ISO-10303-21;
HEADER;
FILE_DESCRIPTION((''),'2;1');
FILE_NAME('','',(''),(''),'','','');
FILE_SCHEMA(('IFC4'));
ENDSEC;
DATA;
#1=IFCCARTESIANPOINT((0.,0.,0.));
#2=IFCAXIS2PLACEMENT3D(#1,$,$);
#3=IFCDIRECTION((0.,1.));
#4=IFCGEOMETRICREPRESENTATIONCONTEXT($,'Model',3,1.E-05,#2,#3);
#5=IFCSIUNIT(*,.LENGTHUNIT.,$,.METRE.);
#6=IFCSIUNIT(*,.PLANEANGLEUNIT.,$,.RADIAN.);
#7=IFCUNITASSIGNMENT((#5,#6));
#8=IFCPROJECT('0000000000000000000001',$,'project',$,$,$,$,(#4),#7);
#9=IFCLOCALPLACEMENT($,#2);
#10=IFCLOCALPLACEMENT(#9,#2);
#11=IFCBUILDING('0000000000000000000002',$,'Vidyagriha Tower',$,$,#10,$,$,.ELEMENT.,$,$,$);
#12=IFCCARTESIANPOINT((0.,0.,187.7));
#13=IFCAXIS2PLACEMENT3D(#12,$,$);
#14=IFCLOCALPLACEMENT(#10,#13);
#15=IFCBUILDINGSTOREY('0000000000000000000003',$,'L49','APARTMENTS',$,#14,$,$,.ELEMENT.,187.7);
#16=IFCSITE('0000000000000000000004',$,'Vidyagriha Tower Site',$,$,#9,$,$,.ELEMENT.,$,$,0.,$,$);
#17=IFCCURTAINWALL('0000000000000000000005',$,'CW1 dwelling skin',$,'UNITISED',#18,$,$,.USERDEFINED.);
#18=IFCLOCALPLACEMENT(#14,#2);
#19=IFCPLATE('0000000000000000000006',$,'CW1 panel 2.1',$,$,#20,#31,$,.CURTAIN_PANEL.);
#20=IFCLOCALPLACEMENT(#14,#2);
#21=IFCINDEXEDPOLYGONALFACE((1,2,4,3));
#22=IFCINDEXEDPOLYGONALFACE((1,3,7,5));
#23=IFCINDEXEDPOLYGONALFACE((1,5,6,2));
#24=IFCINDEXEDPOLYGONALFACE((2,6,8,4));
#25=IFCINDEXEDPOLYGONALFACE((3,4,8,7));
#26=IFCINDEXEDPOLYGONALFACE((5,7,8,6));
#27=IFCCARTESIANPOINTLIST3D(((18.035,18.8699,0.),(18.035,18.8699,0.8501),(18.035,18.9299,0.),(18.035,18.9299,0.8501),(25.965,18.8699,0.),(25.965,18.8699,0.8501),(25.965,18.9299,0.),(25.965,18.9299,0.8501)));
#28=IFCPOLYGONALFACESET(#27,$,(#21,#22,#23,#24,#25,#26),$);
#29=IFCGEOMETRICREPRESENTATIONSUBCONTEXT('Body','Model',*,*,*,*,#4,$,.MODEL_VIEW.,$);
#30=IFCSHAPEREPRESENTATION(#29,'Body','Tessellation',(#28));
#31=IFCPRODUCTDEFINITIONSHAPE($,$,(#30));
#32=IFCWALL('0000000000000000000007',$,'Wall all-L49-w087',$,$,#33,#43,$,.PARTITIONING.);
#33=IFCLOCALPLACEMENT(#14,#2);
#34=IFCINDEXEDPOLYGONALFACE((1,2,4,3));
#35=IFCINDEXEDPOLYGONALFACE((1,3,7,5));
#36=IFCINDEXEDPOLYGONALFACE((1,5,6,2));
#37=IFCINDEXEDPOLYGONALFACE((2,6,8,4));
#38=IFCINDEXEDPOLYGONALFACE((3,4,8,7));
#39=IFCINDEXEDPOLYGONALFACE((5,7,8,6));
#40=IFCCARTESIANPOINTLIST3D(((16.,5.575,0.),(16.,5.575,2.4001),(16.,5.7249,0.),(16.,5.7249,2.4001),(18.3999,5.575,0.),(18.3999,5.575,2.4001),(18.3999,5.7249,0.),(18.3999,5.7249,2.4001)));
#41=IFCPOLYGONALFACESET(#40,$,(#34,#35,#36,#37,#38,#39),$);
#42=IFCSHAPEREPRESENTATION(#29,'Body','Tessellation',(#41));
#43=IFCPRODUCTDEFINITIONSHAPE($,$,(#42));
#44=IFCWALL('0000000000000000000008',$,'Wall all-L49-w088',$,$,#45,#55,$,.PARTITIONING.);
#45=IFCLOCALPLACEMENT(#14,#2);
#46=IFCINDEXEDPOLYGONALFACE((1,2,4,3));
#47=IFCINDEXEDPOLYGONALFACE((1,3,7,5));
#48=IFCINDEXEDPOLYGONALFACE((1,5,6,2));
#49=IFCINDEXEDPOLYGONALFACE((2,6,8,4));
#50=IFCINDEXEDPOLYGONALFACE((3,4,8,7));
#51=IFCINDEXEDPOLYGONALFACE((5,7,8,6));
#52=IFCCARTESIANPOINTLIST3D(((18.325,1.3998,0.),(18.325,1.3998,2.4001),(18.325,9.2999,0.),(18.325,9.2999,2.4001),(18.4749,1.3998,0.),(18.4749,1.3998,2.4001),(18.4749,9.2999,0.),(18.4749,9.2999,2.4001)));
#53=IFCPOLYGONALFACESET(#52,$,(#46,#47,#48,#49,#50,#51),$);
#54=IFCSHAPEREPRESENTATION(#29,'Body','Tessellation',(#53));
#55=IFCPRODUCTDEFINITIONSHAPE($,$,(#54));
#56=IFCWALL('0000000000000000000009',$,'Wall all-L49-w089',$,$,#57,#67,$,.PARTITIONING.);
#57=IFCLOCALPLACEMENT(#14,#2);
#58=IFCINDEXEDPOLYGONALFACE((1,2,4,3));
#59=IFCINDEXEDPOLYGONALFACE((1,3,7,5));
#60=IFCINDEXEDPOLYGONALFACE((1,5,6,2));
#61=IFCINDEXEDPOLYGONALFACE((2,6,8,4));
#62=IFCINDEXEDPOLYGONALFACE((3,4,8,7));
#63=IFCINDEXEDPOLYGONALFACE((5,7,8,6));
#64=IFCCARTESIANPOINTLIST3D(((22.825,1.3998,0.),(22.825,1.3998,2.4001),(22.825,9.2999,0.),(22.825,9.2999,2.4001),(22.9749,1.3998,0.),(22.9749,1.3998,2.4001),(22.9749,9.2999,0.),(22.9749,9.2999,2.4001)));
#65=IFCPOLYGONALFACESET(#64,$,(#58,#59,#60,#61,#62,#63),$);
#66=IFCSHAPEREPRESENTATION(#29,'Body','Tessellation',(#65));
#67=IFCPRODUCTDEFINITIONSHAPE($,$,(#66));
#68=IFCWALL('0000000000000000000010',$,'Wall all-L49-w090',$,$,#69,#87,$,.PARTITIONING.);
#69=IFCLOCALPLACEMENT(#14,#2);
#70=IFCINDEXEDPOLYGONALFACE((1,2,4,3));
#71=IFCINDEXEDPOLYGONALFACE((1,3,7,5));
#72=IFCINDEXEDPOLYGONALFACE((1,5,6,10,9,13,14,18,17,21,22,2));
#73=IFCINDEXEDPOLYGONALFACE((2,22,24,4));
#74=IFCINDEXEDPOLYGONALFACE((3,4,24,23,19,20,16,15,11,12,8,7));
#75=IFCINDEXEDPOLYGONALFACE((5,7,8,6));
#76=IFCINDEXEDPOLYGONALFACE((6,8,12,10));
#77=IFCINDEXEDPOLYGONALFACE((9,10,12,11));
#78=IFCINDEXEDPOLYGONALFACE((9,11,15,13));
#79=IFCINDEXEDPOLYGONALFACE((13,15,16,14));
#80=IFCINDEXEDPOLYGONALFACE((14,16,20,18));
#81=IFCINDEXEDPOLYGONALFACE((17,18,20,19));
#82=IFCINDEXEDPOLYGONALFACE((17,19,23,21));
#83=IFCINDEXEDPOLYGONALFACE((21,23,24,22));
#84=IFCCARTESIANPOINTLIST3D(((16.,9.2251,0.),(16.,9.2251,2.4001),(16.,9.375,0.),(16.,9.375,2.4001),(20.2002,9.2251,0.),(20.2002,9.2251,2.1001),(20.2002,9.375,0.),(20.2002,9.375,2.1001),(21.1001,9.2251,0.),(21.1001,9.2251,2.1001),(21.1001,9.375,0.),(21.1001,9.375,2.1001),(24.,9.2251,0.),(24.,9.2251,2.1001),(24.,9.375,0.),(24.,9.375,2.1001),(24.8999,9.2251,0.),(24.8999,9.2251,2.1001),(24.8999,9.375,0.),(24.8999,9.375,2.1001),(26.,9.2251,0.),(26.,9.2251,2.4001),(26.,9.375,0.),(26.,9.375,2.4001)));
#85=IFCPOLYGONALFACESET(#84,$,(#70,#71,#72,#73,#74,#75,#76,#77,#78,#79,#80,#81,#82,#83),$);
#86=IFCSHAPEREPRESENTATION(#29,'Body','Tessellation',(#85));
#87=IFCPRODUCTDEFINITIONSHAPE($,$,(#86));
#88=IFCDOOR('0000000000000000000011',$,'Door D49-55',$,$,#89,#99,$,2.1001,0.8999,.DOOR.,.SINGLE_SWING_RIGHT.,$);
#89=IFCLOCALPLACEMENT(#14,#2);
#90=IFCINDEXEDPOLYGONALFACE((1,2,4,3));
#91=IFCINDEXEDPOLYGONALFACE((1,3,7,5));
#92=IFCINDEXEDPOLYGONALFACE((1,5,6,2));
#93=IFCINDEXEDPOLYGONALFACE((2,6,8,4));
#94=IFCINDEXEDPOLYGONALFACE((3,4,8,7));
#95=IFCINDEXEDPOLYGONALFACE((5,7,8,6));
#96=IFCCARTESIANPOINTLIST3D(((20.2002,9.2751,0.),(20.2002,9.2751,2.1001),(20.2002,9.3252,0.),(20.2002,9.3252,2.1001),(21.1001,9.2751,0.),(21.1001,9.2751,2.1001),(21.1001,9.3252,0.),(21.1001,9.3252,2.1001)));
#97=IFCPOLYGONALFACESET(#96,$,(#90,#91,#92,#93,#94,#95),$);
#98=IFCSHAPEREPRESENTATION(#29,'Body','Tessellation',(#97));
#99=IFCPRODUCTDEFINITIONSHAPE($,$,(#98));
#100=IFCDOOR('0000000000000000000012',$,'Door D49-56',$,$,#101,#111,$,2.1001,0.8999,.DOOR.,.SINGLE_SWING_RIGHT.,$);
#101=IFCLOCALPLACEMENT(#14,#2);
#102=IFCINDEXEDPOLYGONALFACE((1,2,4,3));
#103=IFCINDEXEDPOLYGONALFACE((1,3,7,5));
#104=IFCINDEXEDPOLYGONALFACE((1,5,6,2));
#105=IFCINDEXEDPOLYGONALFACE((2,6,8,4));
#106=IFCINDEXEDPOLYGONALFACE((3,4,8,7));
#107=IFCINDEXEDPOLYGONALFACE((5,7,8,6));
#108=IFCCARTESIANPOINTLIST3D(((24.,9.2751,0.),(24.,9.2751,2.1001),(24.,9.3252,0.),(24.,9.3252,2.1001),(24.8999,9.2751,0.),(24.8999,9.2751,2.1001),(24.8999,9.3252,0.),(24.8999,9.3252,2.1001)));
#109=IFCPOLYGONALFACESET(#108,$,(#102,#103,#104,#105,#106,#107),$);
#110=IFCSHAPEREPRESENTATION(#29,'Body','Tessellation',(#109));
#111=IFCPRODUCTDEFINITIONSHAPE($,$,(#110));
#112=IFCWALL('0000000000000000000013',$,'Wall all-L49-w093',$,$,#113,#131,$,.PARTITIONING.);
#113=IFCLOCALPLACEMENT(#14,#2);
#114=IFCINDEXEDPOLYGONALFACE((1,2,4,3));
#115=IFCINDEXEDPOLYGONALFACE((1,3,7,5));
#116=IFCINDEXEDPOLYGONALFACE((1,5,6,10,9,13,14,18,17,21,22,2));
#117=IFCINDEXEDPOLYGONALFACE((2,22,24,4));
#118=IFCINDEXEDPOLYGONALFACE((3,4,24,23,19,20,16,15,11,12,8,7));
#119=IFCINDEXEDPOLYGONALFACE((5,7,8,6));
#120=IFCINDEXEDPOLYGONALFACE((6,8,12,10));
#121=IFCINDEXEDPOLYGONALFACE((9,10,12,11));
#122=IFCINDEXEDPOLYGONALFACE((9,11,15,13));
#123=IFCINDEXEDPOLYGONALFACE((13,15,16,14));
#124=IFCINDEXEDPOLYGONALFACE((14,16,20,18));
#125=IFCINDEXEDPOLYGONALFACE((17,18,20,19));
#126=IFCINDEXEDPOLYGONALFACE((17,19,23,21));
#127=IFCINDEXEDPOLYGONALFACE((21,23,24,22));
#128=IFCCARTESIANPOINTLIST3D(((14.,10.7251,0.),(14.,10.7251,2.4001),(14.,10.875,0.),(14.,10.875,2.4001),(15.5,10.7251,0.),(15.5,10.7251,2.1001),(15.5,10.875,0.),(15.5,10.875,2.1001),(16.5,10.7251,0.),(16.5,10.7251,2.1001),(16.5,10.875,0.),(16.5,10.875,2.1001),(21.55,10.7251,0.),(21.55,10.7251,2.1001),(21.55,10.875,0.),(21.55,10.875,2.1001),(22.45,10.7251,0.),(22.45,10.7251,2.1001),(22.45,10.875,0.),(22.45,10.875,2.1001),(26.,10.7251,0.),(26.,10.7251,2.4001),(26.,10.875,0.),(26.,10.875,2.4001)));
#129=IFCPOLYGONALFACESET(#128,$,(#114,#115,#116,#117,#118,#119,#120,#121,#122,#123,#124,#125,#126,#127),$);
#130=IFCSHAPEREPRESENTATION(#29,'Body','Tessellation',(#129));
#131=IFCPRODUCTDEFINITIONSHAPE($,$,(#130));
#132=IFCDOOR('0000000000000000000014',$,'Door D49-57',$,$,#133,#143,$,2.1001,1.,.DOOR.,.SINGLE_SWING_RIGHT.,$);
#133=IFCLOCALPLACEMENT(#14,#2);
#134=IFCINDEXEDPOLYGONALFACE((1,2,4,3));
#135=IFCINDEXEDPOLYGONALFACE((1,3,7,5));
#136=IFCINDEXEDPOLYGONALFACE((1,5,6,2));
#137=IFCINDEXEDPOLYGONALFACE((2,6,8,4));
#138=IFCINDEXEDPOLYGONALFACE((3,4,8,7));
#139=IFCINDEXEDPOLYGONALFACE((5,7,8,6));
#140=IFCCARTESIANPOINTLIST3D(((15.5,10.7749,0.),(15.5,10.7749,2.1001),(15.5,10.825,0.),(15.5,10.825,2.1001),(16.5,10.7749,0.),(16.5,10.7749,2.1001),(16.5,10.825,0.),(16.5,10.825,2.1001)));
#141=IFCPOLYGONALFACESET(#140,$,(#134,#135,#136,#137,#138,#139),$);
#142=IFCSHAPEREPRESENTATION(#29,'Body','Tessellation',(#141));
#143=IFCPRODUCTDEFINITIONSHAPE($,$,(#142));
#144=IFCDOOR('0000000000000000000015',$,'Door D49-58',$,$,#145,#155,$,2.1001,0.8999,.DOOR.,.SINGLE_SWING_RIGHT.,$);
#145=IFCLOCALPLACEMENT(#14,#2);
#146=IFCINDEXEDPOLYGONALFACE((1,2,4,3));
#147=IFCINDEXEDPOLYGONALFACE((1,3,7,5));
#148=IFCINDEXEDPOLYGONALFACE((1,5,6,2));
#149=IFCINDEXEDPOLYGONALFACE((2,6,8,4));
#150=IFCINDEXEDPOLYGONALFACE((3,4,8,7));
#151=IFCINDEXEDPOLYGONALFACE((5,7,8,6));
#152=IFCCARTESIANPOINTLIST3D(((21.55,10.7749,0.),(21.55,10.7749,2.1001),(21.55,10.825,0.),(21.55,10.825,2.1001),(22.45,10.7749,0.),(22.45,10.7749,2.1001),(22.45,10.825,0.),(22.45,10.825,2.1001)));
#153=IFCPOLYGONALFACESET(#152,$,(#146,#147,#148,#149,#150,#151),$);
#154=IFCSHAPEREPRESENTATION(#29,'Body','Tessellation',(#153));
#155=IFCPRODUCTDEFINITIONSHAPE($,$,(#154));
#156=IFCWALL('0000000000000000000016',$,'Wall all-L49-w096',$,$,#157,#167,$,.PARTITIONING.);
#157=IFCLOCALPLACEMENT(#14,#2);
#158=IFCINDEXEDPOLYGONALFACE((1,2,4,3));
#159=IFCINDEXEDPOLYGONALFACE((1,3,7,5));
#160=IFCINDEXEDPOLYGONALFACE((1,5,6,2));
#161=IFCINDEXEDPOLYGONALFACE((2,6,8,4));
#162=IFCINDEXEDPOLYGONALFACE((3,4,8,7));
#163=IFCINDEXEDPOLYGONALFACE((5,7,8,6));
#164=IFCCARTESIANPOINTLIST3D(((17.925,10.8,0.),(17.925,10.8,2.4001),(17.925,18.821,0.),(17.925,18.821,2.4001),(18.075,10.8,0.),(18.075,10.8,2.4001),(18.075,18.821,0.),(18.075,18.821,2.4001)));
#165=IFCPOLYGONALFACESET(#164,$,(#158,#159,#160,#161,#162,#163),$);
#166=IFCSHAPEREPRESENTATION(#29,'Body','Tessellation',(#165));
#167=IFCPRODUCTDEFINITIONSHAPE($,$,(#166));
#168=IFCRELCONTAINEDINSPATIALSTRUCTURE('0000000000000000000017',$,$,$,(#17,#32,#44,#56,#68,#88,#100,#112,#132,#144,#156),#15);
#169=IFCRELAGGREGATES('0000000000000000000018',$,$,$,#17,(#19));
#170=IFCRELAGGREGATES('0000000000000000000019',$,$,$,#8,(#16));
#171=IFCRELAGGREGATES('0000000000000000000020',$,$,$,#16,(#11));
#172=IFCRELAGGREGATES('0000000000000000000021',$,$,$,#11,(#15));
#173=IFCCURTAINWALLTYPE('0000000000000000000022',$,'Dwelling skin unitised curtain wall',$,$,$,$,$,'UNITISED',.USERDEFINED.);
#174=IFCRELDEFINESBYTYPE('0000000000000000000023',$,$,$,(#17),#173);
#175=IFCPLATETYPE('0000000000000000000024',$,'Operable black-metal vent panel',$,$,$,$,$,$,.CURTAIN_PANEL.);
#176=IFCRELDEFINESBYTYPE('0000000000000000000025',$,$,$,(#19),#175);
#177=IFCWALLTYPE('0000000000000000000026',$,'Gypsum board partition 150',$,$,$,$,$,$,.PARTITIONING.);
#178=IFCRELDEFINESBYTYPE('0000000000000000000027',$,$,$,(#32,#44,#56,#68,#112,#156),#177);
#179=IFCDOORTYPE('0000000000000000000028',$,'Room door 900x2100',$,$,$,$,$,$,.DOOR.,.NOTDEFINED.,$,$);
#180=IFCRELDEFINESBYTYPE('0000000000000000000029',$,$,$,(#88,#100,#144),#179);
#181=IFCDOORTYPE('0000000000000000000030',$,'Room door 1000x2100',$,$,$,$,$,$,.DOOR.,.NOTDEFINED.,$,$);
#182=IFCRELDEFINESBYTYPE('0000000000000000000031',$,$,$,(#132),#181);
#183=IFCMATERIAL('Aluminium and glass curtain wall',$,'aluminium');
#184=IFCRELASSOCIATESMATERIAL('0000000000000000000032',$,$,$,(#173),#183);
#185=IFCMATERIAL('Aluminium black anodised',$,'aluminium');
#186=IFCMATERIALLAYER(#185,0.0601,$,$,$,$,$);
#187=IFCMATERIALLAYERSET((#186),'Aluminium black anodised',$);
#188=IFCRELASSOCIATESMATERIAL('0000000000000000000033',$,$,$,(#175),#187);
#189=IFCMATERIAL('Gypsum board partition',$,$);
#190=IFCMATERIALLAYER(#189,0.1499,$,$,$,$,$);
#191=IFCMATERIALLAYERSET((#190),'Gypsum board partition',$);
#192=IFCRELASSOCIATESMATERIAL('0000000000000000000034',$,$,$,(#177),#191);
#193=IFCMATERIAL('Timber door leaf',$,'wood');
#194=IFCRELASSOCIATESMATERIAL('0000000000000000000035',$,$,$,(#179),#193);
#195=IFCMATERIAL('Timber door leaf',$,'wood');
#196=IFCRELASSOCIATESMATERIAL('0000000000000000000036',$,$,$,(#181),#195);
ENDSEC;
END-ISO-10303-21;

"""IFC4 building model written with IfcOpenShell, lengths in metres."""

from ifc_helpers import new_model, si_unit, direction, frame, frame_2d, origin, origin_2d, place, context, subcontext, project, spatial, rectangle, extrude, material, layer, layer_set, type_object, element, fill, aggregate, save


model = new_model("IFC4")

# Units and contexts
model_context = context("Model", 3, precision=1e-05, world=origin(), true_north=direction((0.0, 1.0)))
body_context = subcontext(model_context, "Body", "Model", "MODEL_VIEW")
ifc_project = project(units=[si_unit("LENGTHUNIT", "METRE"), si_unit("PLANEANGLEUNIT", "RADIAN")], contexts=[model_context])

# Site, building, storey
site_placement = place(None, origin())
site = spatial("IfcSite", under=ifc_project, at=site_placement, Name="Vidyagriha Tower Site", CompositionType="ELEMENT", RefElevation=0.0)
building_placement = place(site_placement, origin())
building = spatial("IfcBuilding", under=site, at=building_placement, Name="Vidyagriha Tower", CompositionType="ELEMENT")
storey_placement = place(building_placement, frame((0.0, 0.0, 187.7)))
storey = spatial("IfcBuildingStorey", under=building, at=storey_placement, Name="L49", Description="APARTMENTS", CompositionType="ELEMENT", Elevation=187.7)

# Curtain wall, plate
ifc_material_1 = material(Name="Aluminium and glass curtain wall", Category="aluminium")
curtain_wall_type = type_object("IfcCurtainWallType", Name="Dwelling skin unitised curtain wall", ElementType="UNITISED", PredefinedType="USERDEFINED", material=ifc_material_1)
curtain_wall_placement = place(storey_placement, origin())
curtain_wall = element("IfcCurtainWall", 1, at=curtain_wall_placement, inside=storey, type_object=curtain_wall_type, Name="CW1 dwelling skin", ObjectType="UNITISED", PredefinedType="USERDEFINED")
ifc_material_2 = material(Name="Aluminium black anodised", Category="aluminium")
ifc_layer_1 = layer(ifc_material_2, 0.0601)
ifc_layer_set_1 = layer_set([ifc_layer_1], Name="Aluminium black anodised")
plate_type_1 = type_object("IfcPlateType", Name="Operable black-metal vent panel", PredefinedType="CURTAIN_PANEL", material=ifc_layer_set_1)
plate_1_placement = place(storey_placement, frame((22.0, 18.8999, 0.0), z_axis=(0.0, 0.0, 1.0), x_axis=(-1.0, 0.0, 0.0)))
plate_1 = element("IfcPlate", 2, at=plate_1_placement, type_object=plate_type_1, Name="CW1 panel 2.1", PredefinedType="CURTAIN_PANEL", context=body_context, shape_type="SweptSolid", body=[
    extrude(rectangle(XDim=7.9299, YDim=0.0601, at=origin_2d()), origin(), (0.0, 0.0, 1.0), 0.8501),
])
aggregate(curtain_wall, [plate_1])

# Walls
ifc_material_3 = material(Name="Gypsum board partition")
ifc_layer_2 = layer(ifc_material_3, 0.1499)
ifc_layer_set_2 = layer_set([ifc_layer_2], Name="Gypsum board partition")
wall_type_1 = type_object("IfcWallType", Name="Gypsum board partition 150", PredefinedType="PARTITIONING", material=ifc_layer_set_2)
wall_1_placement = place(storey_placement, frame((16.0, 5.6499, 0.0)))
element("IfcWall", 3, at=wall_1_placement, inside=storey, type_object=wall_type_1, Name="Wall all-L49-w087", PredefinedType="PARTITIONING", context=body_context, shape_type="SweptSolid", body=[
    extrude(rectangle(XDim=2.3999, YDim=0.1499, at=frame_2d((1.2, 0.0))), origin(), (0.0, 0.0, 1.0), 2.4001),
])
for number, where, z_axis, x_axis, name in (
    (4, (18.3999, 9.3, 0.0), (0.0, 0.0, 1.0), (0.0, -1.0, 0.0), "Wall all-L49-w088"),
    (5, (22.8999, 9.3, 0.0), (0.0, 0.0, 1.0), (0.0, -1.0, 0.0), "Wall all-L49-w089"),
):
    element("IfcWall", number, at=place(storey_placement, frame(where, z_axis=z_axis, x_axis=x_axis)), inside=storey, type_object=wall_type_1, Name=name, PredefinedType="PARTITIONING", context=body_context, shape_type="SweptSolid", body=[
        extrude(rectangle(XDim=7.9001, YDim=0.1499, at=frame_2d((3.9502, 0.0))), origin(), (0.0, 0.0, 1.0), 2.4001),
    ])

# Walls, openings, doors
wall_2_placement = place(storey_placement, frame((26.0, 9.3, 0.0), z_axis=(0.0, 0.0, 1.0), x_axis=(-1.0, 0.0, 0.0)))
wall_2 = element("IfcWall", 6, at=wall_2_placement, inside=storey, type_object=wall_type_1, Name="Wall all-L49-w090", PredefinedType="PARTITIONING", context=body_context, shape_type="SweptSolid", body=[
    extrude(rectangle(XDim=10.0, YDim=0.1499, at=frame_2d((5.0, 0.0))), origin(), (0.0, 0.0, 1.0), 2.4001),
])
opening_1_placement = place(wall_2_placement, frame((4.8999, 0.0, 0.0)))
opening_1 = element("IfcOpeningElement", 7, at=opening_1_placement, cuts=wall_2, PredefinedType="OPENING", context=body_context, shape_type="SweptSolid", body=[
    extrude(rectangle(XDim=0.8999, YDim=2.1001, at=frame_2d((0.45, 1.05))), frame((0.0, 0.085, 0.0), z_axis=(0.0, -1.0, 0.0), x_axis=(1.0, 0.0, 0.0)), (0.0, 0.0, 1.0), 0.1699),
])
opening_2_placement = place(wall_2_placement, frame((1.1001, 0.0, 0.0)))
opening_2 = element("IfcOpeningElement", 8, at=opening_2_placement, cuts=wall_2, PredefinedType="OPENING", context=body_context, shape_type="SweptSolid", body=[
    extrude(rectangle(XDim=0.8999, YDim=2.1001, at=frame_2d((0.45, 1.05))), frame((0.0, 0.085, 0.0), z_axis=(0.0, -1.0, 0.0), x_axis=(1.0, 0.0, 0.0)), (0.0, 0.0, 1.0), 0.1699),
])
ifc_material_4 = material(Name="Timber door leaf", Category="wood")
door_type_1 = type_object("IfcDoorType", Name="Room door 900x2100", OperationType="NOTDEFINED", PredefinedType="DOOR", material=ifc_material_4)
door_1_placement = place(opening_1_placement, origin())
door_1 = element("IfcDoor", 9, at=door_1_placement, inside=storey, type_object=door_type_1, Name="Door D49-55", OperationType="SINGLE_SWING_RIGHT", OverallHeight=2.1001, OverallWidth=0.8999, PredefinedType="DOOR", context=body_context, shape_type="SweptSolid", body=[
    extrude(rectangle(XDim=0.8999, YDim=2.1001, at=frame_2d((0.45, 1.05))), frame((0.0, 0.0249, 0.0), z_axis=(0.0, -1.0, 0.0), x_axis=(1.0, 0.0, 0.0)), (0.0, 0.0, 1.0), 0.05),
])
fill(opening_1, door_1)
door_2_placement = place(opening_2_placement, origin())
door_2 = element("IfcDoor", 10, at=door_2_placement, inside=storey, type_object=door_type_1, Name="Door D49-56", OperationType="SINGLE_SWING_RIGHT", OverallHeight=2.1001, OverallWidth=0.8999, PredefinedType="DOOR", context=body_context, shape_type="SweptSolid", body=[
    extrude(rectangle(XDim=0.8999, YDim=2.1001, at=frame_2d((0.45, 1.05))), frame((0.0, 0.0249, 0.0), z_axis=(0.0, -1.0, 0.0), x_axis=(1.0, 0.0, 0.0)), (0.0, 0.0, 1.0), 0.05),
])
fill(opening_2, door_2)
wall_3_placement = place(storey_placement, frame((14.0, 10.8, 0.0)))
wall_3 = element("IfcWall", 11, at=wall_3_placement, inside=storey, type_object=wall_type_1, Name="Wall all-L49-w093", PredefinedType="PARTITIONING", context=body_context, shape_type="SweptSolid", body=[
    extrude(rectangle(XDim=12.0, YDim=0.1499, at=frame_2d((6.0, 0.0))), origin(), (0.0, 0.0, 1.0), 2.4001),
])
opening_3_placement = place(wall_3_placement, frame((1.5, 0.0, 0.0)))
opening_3 = element("IfcOpeningElement", 12, at=opening_3_placement, cuts=wall_3, PredefinedType="OPENING", context=body_context, shape_type="SweptSolid", body=[
    extrude(rectangle(XDim=1.0, YDim=2.1001, at=frame_2d((0.5, 1.05))), frame((0.0, 0.085, 0.0), z_axis=(0.0, -1.0, 0.0), x_axis=(1.0, 0.0, 0.0)), (0.0, 0.0, 1.0), 0.1699),
])
opening_4_placement = place(wall_3_placement, frame((7.55, 0.0, 0.0)))
opening_4 = element("IfcOpeningElement", 13, at=opening_4_placement, cuts=wall_3, PredefinedType="OPENING", context=body_context, shape_type="SweptSolid", body=[
    extrude(rectangle(XDim=0.8999, YDim=2.1001, at=frame_2d((0.45, 1.05))), frame((0.0, 0.085, 0.0), z_axis=(0.0, -1.0, 0.0), x_axis=(1.0, 0.0, 0.0)), (0.0, 0.0, 1.0), 0.1699),
])
ifc_material_5 = material(Name="Timber door leaf", Category="wood")
door_type_2 = type_object("IfcDoorType", Name="Room door 1000x2100", OperationType="NOTDEFINED", PredefinedType="DOOR", material=ifc_material_5)
door_3_placement = place(opening_3_placement, origin())
door_3 = element("IfcDoor", 14, at=door_3_placement, inside=storey, type_object=door_type_2, Name="Door D49-57", OperationType="SINGLE_SWING_RIGHT", OverallHeight=2.1001, OverallWidth=1.0, PredefinedType="DOOR", context=body_context, shape_type="SweptSolid", body=[
    extrude(rectangle(XDim=1.0, YDim=2.1001, at=frame_2d((0.5, 1.05))), frame((0.0, 0.0249, 0.0), z_axis=(0.0, -1.0, 0.0), x_axis=(1.0, 0.0, 0.0)), (0.0, 0.0, 1.0), 0.05),
])
fill(opening_3, door_3)
door_4_placement = place(opening_4_placement, origin())
door_4 = element("IfcDoor", 15, at=door_4_placement, inside=storey, type_object=door_type_1, Name="Door D49-58", OperationType="SINGLE_SWING_RIGHT", OverallHeight=2.1001, OverallWidth=0.8999, PredefinedType="DOOR", context=body_context, shape_type="SweptSolid", body=[
    extrude(rectangle(XDim=0.8999, YDim=2.1001, at=frame_2d((0.45, 1.05))), frame((0.0, 0.0249, 0.0), z_axis=(0.0, -1.0, 0.0), x_axis=(1.0, 0.0, 0.0)), (0.0, 0.0, 1.0), 0.05),
])
fill(opening_4, door_4)

# Wall
wall_4_placement = place(storey_placement, frame((18.0, 18.821, 0.0), z_axis=(0.0, 0.0, 1.0), x_axis=(0.0, -1.0, 0.0)))
element("IfcWall", 16, at=wall_4_placement, inside=storey, type_object=wall_type_1, Name="Wall all-L49-w096", PredefinedType="PARTITIONING", context=body_context, shape_type="SweptSolid", body=[
    extrude(rectangle(XDim=8.021, YDim=0.1499, at=frame_2d((4.0105, 0.0))), origin(), (0.0, 0.0, 1.0), 2.4001),
])

save(model, "model.ifc")
